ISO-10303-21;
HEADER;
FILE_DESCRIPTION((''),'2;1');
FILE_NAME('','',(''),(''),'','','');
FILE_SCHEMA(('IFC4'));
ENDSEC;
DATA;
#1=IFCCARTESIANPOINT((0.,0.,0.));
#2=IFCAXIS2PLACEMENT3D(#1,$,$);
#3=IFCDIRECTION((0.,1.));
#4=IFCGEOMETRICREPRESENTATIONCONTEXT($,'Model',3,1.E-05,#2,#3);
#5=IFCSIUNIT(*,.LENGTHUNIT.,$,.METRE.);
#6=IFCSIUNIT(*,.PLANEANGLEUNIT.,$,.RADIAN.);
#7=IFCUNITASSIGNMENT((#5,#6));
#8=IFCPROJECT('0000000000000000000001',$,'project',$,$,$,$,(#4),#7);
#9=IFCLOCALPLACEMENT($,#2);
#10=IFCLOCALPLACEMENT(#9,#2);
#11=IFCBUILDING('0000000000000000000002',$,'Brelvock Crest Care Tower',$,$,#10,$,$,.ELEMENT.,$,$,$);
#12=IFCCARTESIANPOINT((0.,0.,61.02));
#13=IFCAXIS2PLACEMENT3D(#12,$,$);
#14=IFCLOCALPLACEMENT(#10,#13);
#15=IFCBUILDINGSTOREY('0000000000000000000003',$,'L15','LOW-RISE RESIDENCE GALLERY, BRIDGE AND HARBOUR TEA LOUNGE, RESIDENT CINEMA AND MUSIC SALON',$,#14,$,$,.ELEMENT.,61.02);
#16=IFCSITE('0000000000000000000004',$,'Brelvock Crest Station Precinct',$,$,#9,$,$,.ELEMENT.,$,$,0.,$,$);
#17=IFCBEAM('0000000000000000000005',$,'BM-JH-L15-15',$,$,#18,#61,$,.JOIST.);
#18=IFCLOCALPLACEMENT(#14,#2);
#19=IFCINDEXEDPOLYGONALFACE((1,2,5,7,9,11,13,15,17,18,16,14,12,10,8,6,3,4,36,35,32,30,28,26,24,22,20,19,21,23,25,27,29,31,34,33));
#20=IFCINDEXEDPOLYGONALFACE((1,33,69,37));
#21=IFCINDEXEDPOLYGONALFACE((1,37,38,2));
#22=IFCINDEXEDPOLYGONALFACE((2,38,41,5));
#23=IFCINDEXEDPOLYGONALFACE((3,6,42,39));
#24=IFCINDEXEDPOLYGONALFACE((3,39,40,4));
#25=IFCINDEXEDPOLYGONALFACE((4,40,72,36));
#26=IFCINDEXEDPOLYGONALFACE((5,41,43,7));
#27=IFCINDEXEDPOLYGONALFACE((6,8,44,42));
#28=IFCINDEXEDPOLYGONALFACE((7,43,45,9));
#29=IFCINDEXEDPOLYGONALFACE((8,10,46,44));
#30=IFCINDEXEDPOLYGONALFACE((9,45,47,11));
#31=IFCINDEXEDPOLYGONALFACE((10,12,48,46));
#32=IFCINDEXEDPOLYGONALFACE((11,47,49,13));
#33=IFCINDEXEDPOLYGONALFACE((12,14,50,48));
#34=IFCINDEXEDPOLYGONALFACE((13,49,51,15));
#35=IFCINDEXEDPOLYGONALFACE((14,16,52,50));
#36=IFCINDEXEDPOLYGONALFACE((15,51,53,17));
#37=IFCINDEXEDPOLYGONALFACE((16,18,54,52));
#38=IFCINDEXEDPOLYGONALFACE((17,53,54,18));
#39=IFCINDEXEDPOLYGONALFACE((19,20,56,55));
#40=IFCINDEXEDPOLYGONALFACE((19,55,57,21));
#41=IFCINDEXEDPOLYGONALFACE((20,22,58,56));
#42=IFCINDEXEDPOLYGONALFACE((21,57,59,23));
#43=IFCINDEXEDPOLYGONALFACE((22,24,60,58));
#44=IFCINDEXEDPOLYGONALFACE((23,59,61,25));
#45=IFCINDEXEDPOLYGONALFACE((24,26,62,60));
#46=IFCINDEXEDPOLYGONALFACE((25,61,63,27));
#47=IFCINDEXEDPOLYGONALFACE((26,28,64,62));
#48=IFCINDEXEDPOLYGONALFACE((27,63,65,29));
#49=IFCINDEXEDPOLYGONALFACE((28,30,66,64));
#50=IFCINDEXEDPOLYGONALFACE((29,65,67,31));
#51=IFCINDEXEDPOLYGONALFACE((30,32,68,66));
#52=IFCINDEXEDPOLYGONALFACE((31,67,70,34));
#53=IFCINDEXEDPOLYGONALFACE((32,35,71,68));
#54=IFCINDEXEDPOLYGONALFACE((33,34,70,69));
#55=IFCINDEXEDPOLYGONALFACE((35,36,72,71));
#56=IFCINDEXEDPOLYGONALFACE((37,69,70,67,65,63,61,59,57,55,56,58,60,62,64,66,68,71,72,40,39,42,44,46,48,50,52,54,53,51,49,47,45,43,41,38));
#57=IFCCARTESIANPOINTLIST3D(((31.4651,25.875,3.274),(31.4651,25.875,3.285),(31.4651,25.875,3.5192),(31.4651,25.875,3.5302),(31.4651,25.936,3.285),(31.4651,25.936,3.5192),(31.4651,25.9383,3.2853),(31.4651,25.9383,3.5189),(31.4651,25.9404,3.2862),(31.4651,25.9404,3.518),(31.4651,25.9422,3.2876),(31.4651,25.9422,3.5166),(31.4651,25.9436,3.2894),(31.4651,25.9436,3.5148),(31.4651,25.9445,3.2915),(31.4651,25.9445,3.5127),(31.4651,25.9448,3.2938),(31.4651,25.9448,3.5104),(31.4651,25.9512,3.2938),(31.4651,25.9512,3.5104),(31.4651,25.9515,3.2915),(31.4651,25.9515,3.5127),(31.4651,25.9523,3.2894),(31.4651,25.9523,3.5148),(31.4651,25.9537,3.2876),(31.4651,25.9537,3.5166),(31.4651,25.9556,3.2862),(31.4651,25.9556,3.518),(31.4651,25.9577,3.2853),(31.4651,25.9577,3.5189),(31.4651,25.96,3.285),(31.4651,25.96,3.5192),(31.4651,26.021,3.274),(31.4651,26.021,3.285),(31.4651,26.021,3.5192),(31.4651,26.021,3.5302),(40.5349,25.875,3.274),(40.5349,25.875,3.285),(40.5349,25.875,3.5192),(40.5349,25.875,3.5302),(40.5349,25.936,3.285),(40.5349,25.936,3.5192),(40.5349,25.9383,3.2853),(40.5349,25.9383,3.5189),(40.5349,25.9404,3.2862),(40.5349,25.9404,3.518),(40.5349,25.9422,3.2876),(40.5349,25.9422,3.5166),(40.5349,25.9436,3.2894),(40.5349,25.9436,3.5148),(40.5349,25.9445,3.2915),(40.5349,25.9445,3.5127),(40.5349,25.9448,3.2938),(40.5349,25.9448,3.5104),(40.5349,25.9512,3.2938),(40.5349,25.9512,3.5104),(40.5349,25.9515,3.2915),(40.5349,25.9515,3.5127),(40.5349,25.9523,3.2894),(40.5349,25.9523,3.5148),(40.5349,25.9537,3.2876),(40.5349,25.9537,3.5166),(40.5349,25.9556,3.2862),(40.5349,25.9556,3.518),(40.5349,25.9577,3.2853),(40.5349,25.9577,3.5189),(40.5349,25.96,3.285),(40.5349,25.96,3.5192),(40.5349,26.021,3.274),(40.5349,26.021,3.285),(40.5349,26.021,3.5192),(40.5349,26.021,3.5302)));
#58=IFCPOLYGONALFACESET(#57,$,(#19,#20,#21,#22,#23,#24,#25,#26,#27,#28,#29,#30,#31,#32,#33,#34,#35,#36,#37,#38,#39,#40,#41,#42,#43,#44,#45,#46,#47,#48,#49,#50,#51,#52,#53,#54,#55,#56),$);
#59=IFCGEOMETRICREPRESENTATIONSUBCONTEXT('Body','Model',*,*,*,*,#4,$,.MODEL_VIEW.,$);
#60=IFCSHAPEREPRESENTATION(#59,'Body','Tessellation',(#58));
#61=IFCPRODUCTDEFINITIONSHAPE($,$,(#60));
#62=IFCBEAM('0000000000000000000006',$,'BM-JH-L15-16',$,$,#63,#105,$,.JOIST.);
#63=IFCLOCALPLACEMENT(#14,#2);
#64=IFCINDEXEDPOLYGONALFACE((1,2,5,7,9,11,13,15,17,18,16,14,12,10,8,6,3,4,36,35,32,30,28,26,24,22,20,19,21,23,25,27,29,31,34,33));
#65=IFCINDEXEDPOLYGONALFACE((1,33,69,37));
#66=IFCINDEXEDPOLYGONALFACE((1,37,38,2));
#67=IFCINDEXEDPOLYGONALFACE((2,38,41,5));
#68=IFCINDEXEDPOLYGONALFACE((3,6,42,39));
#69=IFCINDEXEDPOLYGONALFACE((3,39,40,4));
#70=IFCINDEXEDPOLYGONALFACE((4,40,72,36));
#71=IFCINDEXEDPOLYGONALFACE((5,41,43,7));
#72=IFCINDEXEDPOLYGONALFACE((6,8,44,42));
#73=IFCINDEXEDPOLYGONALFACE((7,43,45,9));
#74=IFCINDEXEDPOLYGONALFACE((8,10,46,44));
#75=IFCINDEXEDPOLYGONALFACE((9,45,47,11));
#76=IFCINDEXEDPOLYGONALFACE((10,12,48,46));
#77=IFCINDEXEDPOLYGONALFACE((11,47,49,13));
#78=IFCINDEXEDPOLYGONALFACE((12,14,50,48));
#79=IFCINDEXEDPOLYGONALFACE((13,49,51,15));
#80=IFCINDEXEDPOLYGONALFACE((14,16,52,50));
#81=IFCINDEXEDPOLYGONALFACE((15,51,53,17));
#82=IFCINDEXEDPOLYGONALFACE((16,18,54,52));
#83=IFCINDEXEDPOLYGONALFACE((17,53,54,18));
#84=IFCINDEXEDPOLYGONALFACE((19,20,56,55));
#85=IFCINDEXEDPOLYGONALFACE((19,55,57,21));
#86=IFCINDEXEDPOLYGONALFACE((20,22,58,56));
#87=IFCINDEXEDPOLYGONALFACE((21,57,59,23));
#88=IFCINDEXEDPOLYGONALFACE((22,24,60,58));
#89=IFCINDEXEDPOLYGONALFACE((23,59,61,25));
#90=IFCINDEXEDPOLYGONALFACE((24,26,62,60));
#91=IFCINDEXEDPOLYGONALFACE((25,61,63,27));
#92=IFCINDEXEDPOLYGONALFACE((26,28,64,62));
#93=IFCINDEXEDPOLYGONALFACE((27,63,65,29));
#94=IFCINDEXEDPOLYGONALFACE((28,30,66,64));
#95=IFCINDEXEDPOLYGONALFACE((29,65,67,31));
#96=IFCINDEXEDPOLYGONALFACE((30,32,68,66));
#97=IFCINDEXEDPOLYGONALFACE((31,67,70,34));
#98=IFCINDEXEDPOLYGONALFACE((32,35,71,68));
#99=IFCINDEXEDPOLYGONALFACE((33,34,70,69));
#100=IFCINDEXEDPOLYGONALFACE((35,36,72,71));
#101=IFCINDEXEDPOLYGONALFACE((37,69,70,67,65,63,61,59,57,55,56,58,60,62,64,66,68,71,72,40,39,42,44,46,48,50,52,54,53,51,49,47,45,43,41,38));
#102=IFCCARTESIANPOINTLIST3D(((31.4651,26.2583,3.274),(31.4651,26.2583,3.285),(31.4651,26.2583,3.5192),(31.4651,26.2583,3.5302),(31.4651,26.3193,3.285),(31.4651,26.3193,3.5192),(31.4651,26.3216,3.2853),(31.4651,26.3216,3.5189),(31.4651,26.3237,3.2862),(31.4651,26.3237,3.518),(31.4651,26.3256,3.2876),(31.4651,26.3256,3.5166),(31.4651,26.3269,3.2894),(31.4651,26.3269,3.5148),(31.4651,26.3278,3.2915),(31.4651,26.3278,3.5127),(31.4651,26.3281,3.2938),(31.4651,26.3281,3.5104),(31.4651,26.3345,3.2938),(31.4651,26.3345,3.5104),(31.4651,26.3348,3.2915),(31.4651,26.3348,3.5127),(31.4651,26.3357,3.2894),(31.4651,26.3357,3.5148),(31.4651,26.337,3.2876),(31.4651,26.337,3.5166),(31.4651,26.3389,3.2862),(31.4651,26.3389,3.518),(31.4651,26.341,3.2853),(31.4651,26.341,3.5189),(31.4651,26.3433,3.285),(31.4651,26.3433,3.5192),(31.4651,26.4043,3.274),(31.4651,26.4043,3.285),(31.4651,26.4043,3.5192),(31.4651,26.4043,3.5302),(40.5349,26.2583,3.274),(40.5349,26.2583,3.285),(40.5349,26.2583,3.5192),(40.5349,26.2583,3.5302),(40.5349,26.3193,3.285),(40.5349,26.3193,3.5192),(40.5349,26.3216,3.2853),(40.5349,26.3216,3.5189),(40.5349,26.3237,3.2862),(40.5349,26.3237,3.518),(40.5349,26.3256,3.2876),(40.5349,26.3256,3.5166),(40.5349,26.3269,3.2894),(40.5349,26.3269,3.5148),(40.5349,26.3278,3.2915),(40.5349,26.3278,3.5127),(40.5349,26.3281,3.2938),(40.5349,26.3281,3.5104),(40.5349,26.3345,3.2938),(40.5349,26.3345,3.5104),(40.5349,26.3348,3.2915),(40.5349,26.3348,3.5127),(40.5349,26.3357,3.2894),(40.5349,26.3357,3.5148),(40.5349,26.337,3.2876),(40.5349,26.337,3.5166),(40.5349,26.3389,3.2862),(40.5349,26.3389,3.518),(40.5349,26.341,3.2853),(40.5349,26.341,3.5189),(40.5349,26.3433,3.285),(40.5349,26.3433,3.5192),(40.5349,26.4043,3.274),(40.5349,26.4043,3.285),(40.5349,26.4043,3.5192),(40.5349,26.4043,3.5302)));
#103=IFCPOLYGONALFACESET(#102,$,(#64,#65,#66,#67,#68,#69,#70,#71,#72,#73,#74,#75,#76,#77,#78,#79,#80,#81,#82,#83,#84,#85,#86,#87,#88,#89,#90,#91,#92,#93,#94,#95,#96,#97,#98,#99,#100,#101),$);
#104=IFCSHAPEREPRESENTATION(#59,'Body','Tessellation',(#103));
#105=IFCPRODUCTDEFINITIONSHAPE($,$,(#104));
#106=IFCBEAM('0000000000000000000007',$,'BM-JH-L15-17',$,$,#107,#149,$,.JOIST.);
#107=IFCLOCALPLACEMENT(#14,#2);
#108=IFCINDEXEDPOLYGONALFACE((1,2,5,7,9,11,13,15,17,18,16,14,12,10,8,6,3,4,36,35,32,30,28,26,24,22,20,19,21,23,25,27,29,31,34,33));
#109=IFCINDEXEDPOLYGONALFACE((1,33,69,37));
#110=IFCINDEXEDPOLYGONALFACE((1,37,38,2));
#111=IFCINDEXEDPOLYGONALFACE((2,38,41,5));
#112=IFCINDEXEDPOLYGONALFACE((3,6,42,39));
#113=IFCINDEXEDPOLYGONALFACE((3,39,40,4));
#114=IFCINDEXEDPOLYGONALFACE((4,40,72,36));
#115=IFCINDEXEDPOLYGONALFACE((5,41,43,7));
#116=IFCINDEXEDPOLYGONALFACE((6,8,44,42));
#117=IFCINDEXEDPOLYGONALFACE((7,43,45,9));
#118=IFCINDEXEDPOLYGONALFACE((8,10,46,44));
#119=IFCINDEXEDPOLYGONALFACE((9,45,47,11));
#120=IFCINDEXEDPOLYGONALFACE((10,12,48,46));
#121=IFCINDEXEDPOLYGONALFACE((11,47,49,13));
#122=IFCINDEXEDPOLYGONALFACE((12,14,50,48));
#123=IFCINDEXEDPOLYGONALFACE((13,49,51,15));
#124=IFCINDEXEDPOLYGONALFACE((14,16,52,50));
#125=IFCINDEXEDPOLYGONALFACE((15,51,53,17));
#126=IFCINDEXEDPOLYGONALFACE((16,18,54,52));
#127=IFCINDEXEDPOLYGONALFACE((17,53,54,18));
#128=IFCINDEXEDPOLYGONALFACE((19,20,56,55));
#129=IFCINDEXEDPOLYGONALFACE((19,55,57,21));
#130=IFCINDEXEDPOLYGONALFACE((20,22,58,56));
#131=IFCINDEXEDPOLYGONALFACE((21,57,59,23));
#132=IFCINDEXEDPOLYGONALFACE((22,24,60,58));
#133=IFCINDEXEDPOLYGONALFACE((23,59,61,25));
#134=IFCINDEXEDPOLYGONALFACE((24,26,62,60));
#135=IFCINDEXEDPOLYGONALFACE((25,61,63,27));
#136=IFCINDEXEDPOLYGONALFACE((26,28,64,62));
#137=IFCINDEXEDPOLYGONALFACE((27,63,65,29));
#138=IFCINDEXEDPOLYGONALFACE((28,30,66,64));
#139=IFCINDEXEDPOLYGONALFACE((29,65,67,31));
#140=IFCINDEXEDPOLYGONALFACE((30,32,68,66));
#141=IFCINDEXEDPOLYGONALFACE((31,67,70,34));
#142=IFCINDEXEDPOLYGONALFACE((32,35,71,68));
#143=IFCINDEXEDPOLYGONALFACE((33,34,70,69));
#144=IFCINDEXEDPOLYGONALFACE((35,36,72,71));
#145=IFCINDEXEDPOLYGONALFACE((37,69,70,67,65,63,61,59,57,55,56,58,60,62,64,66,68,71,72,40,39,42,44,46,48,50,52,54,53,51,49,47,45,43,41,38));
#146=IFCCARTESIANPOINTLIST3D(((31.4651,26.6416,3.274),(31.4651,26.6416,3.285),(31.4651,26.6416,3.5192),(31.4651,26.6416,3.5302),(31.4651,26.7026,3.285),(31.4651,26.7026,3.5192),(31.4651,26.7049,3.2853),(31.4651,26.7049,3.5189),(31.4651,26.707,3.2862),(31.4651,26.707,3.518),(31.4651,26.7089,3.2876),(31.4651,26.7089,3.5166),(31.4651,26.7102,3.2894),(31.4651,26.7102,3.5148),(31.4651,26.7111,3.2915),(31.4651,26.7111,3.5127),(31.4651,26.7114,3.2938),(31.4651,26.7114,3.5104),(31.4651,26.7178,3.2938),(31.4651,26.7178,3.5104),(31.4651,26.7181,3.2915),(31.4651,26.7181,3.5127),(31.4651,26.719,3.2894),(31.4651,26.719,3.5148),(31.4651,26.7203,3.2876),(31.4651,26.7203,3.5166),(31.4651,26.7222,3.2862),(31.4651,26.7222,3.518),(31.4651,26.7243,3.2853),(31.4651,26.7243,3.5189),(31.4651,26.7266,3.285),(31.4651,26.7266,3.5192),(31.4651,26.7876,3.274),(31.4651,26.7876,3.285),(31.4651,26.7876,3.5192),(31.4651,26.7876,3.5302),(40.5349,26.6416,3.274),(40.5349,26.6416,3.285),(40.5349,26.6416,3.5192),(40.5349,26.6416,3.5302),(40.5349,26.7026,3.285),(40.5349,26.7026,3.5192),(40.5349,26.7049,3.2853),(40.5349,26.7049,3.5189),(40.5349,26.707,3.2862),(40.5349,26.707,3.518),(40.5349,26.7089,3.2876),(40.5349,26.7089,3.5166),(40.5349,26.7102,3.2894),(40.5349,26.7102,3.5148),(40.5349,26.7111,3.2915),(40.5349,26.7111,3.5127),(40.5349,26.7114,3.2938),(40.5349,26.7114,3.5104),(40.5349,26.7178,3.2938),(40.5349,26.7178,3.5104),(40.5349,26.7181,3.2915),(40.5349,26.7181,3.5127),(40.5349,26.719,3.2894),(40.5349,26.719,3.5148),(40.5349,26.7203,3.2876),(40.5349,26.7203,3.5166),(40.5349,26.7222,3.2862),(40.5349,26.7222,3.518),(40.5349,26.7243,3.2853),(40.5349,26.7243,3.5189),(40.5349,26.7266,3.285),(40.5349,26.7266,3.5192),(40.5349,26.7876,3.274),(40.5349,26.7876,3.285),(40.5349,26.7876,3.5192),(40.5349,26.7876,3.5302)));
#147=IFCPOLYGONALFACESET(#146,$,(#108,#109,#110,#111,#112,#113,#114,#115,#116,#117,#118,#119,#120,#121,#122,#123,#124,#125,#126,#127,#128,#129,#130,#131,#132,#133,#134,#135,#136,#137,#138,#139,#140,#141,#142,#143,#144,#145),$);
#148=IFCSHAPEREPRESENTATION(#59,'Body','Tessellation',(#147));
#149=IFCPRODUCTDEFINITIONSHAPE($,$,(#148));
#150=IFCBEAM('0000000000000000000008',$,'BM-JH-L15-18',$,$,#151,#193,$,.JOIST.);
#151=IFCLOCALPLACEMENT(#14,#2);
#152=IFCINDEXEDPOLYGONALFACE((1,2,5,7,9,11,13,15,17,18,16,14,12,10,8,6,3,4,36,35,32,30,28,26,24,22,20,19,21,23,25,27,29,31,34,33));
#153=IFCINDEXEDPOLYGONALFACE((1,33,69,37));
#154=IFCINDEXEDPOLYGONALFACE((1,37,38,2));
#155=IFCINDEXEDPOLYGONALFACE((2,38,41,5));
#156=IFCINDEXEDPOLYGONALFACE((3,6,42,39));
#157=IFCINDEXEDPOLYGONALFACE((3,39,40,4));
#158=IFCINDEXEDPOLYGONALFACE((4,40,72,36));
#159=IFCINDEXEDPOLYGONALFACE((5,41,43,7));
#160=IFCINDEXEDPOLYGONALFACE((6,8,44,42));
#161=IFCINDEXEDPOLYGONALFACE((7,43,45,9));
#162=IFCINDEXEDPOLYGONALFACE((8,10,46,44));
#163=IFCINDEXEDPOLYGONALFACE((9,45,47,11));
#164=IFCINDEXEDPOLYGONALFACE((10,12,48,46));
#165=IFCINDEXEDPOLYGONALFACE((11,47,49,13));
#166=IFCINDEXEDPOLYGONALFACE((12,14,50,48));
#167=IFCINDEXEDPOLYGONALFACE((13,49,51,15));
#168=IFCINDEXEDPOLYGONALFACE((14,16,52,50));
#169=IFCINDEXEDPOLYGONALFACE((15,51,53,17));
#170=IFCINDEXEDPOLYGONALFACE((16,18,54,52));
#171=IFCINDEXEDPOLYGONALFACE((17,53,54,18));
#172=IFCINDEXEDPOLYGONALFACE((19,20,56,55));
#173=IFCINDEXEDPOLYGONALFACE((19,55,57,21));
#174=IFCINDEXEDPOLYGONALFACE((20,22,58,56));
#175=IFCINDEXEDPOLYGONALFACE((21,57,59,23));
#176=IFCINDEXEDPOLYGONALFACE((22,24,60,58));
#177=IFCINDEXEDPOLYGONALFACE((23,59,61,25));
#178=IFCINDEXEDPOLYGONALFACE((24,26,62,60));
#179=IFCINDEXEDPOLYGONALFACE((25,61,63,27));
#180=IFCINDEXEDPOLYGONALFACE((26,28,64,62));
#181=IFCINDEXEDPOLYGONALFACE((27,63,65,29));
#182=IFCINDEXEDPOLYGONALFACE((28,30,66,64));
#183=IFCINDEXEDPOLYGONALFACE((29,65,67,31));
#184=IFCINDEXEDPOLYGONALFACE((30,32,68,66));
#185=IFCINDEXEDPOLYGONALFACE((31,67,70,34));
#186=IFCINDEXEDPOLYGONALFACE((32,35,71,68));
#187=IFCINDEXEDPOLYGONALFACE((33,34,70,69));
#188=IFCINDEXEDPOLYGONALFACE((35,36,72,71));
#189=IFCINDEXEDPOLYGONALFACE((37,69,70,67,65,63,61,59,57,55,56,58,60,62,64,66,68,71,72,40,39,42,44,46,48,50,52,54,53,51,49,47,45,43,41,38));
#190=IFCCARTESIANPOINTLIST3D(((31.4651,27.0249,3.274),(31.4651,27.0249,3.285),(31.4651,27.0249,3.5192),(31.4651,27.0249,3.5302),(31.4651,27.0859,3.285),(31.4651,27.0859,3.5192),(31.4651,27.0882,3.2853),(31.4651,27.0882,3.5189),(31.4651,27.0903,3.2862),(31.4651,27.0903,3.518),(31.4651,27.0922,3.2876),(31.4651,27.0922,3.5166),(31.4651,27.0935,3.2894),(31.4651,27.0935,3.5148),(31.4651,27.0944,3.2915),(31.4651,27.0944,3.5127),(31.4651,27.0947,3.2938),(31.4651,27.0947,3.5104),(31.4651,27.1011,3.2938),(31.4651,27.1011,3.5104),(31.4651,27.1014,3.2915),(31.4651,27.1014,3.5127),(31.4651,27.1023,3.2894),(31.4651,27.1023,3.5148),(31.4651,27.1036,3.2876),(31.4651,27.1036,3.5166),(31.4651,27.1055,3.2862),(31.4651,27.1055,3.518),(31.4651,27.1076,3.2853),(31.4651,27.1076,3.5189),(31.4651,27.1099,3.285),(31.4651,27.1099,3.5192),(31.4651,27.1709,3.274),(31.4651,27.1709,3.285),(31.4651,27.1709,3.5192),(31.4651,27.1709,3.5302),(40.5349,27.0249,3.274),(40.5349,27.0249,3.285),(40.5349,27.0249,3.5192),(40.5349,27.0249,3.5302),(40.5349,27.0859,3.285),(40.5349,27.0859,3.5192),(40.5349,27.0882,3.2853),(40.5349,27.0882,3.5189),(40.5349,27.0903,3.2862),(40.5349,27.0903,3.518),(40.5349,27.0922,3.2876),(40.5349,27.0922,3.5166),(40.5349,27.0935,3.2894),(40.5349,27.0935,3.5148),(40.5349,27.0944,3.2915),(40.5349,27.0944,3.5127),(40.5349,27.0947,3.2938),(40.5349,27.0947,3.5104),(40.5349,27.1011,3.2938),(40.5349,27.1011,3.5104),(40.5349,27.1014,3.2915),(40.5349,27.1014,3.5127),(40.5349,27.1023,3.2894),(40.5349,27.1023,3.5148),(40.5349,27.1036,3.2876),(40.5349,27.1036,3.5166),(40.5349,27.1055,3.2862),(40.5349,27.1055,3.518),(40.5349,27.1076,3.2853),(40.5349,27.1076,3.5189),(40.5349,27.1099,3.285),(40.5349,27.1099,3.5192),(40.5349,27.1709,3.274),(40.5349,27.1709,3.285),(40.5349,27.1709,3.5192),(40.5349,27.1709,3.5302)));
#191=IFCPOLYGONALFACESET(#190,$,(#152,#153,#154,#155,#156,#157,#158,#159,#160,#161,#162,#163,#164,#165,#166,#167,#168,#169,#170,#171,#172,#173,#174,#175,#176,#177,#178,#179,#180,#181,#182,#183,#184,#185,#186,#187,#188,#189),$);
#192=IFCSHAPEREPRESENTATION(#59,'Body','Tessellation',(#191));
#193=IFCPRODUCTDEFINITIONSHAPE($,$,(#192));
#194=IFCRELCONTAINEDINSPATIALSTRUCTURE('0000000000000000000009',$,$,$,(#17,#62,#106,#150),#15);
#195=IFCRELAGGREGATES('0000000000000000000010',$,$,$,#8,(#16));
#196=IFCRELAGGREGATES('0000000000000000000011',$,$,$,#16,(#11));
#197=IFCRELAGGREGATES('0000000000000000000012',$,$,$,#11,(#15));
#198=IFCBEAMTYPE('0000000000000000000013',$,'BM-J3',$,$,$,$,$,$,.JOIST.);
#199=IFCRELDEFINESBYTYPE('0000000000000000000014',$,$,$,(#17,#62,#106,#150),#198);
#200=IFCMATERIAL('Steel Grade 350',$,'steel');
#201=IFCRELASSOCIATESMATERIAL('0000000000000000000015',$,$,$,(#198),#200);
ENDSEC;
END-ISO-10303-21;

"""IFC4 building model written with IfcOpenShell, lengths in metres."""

from ifc_helpers import new_model, si_unit, direction, frame, origin, origin_2d, place, context, subcontext, project, spatial, i_section, extrude, source, transform, mapped, material, material_profile, profile_set, type_object, element, save


model = new_model("IFC4")

# Units and contexts
model_context = context("Model", 3, precision=1e-05, world=origin(), true_north=direction((0.0, 1.0)))
body_context = subcontext(model_context, "Body", "Model", "MODEL_VIEW")
ifc_project = project(units=[si_unit("LENGTHUNIT", "METRE"), si_unit("PLANEANGLEUNIT", "RADIAN")], contexts=[model_context])

# Site, building, storey
site_placement = place(None, origin())
site = spatial("IfcSite", under=ifc_project, at=site_placement, Name="Brelvock Crest Station Precinct", CompositionType="ELEMENT", RefElevation=0.0)
building_placement = place(site_placement, origin())
building = spatial("IfcBuilding", under=site, at=building_placement, Name="Brelvock Crest Care Tower", CompositionType="ELEMENT")
storey_placement = place(building_placement, frame((0.0, 0.0, 61.02)))
storey = spatial("IfcBuildingStorey", under=building, at=storey_placement, Name="L15", Description="LOW-RISE RESIDENCE GALLERY, BRIDGE AND HARBOUR TEA LOUNGE, RESIDENT CINEMA AND MUSIC SALON", CompositionType="ELEMENT", Elevation=61.02)

# Beams
ifc_material_1 = material(Name="Steel Grade 350", Category="steel")
ifc_material_profile = material_profile(ifc_material_1, i_section(OverallWidth=0.146, OverallDepth=0.2561, WebThickness=0.0063, FlangeThickness=0.011, FilletRadius=0.0088, at=origin_2d()), Name="250UB37.3")
ifc_profile_set = profile_set([ifc_material_profile], Name="Steel Grade 350")
beam_type = type_object("IfcBeamType", Name="BM-J3", PredefinedType="JOIST", material=ifc_profile_set)
shared_shape_1 = source(origin(), body_context, "Body", "SweptSolid", [
    extrude(i_section(OverallWidth=0.146, OverallDepth=0.2561, WebThickness=0.0063, FlangeThickness=0.011, FilletRadius=0.0088, at=origin_2d()), origin(), (0.0, 0.0, 1.0), 9.0698),
])
for number, where, z_axis, x_axis, name in (
    (1, (31.4651, 25.948, 3.4021), (1.0, 0.0, 0.0), (0.0, 1.0, 0.0), "BM-JH-L15-15"),
    (2, (31.4651, 26.3313, 3.4021), (1.0, 0.0, 0.0), (0.0, 1.0, 0.0), "BM-JH-L15-16"),
    (3, (31.4651, 26.7146, 3.4021), (1.0, 0.0, 0.0), (0.0, 1.0, 0.0), "BM-JH-L15-17"),
    (4, (31.4651, 27.0979, 3.4021), (1.0, 0.0, 0.0), (0.0, 1.0, 0.0), "BM-JH-L15-18"),
):
    element("IfcBeam", number, at=place(storey_placement, frame(where, z_axis=z_axis, x_axis=x_axis)), inside=storey, type_object=beam_type, Name=name, PredefinedType="JOIST", context=body_context, shape_type="MappedRepresentation", body=[
        mapped(shared_shape_1, transform((0.0, 0.0, 0.0), x_axis=(1.0, 0.0, 0.0), y_axis=(0.0, 1.0, 0.0), z_axis=(0.0, 0.0, 1.0), scale=1.0)),
    ])

save(model, "model.ifc")
